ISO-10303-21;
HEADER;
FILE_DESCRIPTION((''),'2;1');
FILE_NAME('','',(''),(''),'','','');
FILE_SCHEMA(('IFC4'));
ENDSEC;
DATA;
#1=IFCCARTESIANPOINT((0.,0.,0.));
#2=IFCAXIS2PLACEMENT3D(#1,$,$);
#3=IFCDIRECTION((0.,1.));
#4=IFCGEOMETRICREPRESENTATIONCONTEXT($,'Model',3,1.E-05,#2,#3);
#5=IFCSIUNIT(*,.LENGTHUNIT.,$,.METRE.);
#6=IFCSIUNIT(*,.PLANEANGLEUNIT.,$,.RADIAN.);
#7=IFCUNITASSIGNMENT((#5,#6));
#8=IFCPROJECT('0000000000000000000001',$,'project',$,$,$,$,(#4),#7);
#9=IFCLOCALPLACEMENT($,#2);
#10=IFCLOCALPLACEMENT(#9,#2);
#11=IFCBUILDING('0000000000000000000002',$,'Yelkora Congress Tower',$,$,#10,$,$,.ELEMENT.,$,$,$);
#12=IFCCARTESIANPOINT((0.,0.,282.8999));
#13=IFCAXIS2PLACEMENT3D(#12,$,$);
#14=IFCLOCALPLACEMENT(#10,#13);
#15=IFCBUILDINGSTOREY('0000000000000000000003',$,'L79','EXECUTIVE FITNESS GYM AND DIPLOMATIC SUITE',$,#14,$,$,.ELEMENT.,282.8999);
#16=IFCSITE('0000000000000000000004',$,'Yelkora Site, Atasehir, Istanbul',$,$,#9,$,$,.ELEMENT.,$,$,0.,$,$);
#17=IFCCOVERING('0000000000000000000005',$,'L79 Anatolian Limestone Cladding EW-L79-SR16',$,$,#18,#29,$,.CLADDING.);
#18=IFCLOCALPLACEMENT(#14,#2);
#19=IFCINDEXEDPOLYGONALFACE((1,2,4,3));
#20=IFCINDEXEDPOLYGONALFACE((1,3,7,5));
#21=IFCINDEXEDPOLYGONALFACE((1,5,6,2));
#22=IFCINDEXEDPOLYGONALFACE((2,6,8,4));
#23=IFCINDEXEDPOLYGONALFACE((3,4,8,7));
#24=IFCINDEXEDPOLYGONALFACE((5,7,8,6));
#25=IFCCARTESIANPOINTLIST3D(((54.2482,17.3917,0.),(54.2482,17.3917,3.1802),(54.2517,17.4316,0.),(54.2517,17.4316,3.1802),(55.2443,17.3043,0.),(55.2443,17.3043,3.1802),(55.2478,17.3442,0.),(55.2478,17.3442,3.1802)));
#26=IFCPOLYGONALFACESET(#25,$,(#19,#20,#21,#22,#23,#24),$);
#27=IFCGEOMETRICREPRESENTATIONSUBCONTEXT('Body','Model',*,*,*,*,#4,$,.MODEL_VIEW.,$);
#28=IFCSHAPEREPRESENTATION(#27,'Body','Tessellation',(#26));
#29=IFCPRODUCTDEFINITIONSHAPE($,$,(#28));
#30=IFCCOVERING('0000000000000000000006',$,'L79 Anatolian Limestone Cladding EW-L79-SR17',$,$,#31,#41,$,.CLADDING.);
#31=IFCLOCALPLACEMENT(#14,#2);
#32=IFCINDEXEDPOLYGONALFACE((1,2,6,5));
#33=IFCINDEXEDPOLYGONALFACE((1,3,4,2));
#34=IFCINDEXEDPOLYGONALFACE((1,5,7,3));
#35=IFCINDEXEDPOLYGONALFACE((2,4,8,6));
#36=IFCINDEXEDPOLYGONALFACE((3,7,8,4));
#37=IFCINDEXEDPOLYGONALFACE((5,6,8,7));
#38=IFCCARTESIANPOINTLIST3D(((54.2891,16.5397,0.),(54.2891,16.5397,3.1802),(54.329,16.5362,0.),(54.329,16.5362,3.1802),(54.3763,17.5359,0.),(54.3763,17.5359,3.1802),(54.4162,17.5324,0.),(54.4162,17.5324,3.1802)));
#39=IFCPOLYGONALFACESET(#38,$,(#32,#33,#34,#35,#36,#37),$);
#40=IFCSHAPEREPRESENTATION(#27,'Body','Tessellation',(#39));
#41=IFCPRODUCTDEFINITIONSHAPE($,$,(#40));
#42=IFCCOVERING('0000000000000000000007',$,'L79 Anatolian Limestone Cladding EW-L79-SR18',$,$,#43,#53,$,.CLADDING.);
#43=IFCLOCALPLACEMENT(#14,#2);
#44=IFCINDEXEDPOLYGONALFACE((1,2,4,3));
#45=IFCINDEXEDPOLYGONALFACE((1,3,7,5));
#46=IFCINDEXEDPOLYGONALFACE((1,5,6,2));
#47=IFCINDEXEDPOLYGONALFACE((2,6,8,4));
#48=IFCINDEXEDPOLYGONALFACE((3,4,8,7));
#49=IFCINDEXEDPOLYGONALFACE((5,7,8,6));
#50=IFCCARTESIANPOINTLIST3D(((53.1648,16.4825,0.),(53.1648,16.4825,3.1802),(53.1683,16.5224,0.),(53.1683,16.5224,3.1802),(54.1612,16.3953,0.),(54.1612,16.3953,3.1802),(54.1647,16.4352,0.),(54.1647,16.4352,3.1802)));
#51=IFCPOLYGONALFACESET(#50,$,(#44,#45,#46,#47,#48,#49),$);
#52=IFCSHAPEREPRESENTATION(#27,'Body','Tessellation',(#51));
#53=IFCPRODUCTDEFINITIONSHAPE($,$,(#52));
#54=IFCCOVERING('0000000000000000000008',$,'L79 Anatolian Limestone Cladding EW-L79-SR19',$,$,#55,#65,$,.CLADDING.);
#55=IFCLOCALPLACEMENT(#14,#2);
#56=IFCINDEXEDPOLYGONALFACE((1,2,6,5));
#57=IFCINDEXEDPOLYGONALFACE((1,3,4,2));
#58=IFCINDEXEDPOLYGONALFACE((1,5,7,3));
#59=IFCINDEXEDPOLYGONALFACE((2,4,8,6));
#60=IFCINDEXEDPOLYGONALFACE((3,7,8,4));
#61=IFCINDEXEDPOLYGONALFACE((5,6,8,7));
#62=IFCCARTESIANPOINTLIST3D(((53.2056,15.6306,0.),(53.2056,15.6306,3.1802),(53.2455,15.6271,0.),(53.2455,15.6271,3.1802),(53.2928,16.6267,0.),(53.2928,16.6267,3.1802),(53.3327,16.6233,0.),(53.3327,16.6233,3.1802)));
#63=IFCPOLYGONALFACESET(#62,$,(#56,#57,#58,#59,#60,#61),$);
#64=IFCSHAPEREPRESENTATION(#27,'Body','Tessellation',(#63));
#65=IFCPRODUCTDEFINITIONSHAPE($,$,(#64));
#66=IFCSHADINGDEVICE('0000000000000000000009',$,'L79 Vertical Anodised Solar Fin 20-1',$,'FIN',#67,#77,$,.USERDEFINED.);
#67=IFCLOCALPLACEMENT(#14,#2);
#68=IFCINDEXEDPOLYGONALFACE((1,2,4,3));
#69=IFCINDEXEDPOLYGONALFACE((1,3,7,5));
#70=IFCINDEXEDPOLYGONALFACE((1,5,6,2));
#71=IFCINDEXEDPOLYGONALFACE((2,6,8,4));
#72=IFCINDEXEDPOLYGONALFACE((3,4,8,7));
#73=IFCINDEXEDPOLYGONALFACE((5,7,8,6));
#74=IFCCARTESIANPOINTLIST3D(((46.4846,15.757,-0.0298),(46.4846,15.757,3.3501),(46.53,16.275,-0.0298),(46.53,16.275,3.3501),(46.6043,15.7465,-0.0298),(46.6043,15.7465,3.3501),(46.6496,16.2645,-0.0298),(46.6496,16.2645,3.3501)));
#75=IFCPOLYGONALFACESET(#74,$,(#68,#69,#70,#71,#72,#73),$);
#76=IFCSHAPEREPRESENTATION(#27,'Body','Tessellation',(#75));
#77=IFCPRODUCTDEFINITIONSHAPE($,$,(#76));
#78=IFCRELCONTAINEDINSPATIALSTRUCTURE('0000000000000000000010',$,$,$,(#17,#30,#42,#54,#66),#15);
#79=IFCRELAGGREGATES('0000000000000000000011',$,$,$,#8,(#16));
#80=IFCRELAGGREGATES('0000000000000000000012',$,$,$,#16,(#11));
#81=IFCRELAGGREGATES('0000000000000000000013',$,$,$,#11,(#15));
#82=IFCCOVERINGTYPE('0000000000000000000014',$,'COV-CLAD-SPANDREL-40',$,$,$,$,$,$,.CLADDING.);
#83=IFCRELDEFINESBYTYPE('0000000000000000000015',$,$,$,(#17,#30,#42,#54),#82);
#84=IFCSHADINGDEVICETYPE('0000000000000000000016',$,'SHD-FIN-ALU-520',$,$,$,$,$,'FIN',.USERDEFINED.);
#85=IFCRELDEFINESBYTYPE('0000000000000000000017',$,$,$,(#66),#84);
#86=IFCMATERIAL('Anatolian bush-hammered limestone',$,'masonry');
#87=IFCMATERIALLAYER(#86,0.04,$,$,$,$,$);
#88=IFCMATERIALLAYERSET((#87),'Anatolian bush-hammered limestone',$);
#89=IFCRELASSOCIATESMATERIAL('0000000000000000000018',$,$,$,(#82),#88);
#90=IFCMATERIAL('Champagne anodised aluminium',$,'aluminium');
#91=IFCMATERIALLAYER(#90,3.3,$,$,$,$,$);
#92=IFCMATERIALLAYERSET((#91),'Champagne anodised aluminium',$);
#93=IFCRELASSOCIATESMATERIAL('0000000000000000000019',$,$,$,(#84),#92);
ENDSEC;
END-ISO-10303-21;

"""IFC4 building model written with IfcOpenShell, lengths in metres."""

from ifc_helpers import new_model, si_unit, direction, frame, frame_2d, origin, origin_2d, place, context, subcontext, project, spatial, rectangle, extrude, material, layer, layer_set, type_object, element, save


model = new_model("IFC4")

# Units and contexts
model_context = context("Model", 3, precision=1e-05, world=origin(), true_north=direction((0.0, 1.0)))
body_context = subcontext(model_context, "Body", "Model", "MODEL_VIEW")
ifc_project = project(units=[si_unit("LENGTHUNIT", "METRE"), si_unit("PLANEANGLEUNIT", "RADIAN")], contexts=[model_context])

# Site, building, storey
site_placement = place(None, origin())
site = spatial("IfcSite", under=ifc_project, at=site_placement, Name="Yelkora Site, Atasehir, Istanbul", CompositionType="ELEMENT", RefElevation=0.0)
building_placement = place(site_placement, origin())
building = spatial("IfcBuilding", under=site, at=building_placement, Name="Yelkora Congress Tower", CompositionType="ELEMENT")
storey_placement = place(building_placement, frame((0.0, 0.0, 282.8999)))
storey = spatial("IfcBuildingStorey", under=building, at=storey_placement, Name="L79", Description="EXECUTIVE FITNESS GYM AND DIPLOMATIC SUITE", CompositionType="ELEMENT", Elevation=282.8999)

# Coverings
ifc_material_1 = material(Name="Anatolian bush-hammered limestone", Category="masonry")
ifc_layer_1 = layer(ifc_material_1, 0.04)
ifc_layer_set_1 = layer_set([ifc_layer_1], Name="Anatolian bush-hammered limestone")
covering_type = type_object("IfcCoveringType", Name="COV-CLAD-SPANDREL-40", PredefinedType="CLADDING", material=ifc_layer_set_1)
for number, where, z_axis, x_axis, name in (
    (1, (55.2461, 17.3242, 0.0), (0.0, 0.0, 1.0), (-0.996172, 0.087409, 0.0), "L79 Anatolian Limestone Cladding EW-L79-SR16"),
    (2, (54.3962, 17.5342, 0.0), (0.0, 0.0, 1.0), (-0.087167, -0.996194, 0.0), "L79 Anatolian Limestone Cladding EW-L79-SR17"),
):
    element("IfcCovering", number, at=place(storey_placement, frame(where, z_axis=z_axis, x_axis=x_axis)), inside=storey, type_object=covering_type, Name=name, PredefinedType="CLADDING", context=body_context, shape_type="SweptSolid", body=[
        extrude(rectangle(XDim=1.0, YDim=0.04, at=frame_2d((0.5, 0.0))), origin(), (0.0, 0.0, 1.0), 3.1802),
    ])
covering_1_placement = place(storey_placement, frame((54.1628, 16.4153, 0.0), z_axis=(0.0, 0.0, 1.0), x_axis=(-0.996196, 0.087146, 0.0)))
element("IfcCovering", 3, at=covering_1_placement, inside=storey, type_object=covering_type, Name="L79 Anatolian Limestone Cladding EW-L79-SR18", PredefinedType="CLADDING", context=body_context, shape_type="SweptSolid", body=[
    extrude(rectangle(XDim=1.0002, YDim=0.04, at=frame_2d((0.5, 0.0))), origin(), (0.0, 0.0, 1.0), 3.1802),
])
covering_2_placement = place(storey_placement, frame((53.3127, 16.625, 0.0), z_axis=(0.0, 0.0, 1.0), x_axis=(-0.087167, -0.996194, 0.0)))
element("IfcCovering", 4, at=covering_2_placement, inside=storey, type_object=covering_type, Name="L79 Anatolian Limestone Cladding EW-L79-SR19", PredefinedType="CLADDING", context=body_context, shape_type="SweptSolid", body=[
    extrude(rectangle(XDim=1.0, YDim=0.04, at=frame_2d((0.5, 0.0))), origin(), (0.0, 0.0, 1.0), 3.1802),
])

# Shading device
ifc_material_2 = material(Name="Champagne anodised aluminium", Category="aluminium")
ifc_layer_2 = layer(ifc_material_2, 3.3)
ifc_layer_set_2 = layer_set([ifc_layer_2], Name="Champagne anodised aluminium")
shading_device_type = type_object("IfcShadingDeviceType", Name="SHD-FIN-ALU-520", ElementType="FIN", PredefinedType="USERDEFINED", material=ifc_layer_set_2)
shading_device_placement = place(storey_placement, frame((46.5671, 16.0107, -0.0298), z_axis=(0.0, 0.0, 1.0), x_axis=(-0.996195, 0.087156, 0.0)))
element("IfcShadingDevice", 5, at=shading_device_placement, inside=storey, type_object=shading_device_type, Name="L79 Vertical Anodised Solar Fin 20-1", ObjectType="FIN", PredefinedType="USERDEFINED", context=body_context, shape_type="SweptSolid", body=[
    extrude(rectangle(XDim=0.1201, YDim=0.52, at=origin_2d()), origin(), (0.0, 0.0, 1.0), 3.3799),
])

save(model, "model.ifc")
